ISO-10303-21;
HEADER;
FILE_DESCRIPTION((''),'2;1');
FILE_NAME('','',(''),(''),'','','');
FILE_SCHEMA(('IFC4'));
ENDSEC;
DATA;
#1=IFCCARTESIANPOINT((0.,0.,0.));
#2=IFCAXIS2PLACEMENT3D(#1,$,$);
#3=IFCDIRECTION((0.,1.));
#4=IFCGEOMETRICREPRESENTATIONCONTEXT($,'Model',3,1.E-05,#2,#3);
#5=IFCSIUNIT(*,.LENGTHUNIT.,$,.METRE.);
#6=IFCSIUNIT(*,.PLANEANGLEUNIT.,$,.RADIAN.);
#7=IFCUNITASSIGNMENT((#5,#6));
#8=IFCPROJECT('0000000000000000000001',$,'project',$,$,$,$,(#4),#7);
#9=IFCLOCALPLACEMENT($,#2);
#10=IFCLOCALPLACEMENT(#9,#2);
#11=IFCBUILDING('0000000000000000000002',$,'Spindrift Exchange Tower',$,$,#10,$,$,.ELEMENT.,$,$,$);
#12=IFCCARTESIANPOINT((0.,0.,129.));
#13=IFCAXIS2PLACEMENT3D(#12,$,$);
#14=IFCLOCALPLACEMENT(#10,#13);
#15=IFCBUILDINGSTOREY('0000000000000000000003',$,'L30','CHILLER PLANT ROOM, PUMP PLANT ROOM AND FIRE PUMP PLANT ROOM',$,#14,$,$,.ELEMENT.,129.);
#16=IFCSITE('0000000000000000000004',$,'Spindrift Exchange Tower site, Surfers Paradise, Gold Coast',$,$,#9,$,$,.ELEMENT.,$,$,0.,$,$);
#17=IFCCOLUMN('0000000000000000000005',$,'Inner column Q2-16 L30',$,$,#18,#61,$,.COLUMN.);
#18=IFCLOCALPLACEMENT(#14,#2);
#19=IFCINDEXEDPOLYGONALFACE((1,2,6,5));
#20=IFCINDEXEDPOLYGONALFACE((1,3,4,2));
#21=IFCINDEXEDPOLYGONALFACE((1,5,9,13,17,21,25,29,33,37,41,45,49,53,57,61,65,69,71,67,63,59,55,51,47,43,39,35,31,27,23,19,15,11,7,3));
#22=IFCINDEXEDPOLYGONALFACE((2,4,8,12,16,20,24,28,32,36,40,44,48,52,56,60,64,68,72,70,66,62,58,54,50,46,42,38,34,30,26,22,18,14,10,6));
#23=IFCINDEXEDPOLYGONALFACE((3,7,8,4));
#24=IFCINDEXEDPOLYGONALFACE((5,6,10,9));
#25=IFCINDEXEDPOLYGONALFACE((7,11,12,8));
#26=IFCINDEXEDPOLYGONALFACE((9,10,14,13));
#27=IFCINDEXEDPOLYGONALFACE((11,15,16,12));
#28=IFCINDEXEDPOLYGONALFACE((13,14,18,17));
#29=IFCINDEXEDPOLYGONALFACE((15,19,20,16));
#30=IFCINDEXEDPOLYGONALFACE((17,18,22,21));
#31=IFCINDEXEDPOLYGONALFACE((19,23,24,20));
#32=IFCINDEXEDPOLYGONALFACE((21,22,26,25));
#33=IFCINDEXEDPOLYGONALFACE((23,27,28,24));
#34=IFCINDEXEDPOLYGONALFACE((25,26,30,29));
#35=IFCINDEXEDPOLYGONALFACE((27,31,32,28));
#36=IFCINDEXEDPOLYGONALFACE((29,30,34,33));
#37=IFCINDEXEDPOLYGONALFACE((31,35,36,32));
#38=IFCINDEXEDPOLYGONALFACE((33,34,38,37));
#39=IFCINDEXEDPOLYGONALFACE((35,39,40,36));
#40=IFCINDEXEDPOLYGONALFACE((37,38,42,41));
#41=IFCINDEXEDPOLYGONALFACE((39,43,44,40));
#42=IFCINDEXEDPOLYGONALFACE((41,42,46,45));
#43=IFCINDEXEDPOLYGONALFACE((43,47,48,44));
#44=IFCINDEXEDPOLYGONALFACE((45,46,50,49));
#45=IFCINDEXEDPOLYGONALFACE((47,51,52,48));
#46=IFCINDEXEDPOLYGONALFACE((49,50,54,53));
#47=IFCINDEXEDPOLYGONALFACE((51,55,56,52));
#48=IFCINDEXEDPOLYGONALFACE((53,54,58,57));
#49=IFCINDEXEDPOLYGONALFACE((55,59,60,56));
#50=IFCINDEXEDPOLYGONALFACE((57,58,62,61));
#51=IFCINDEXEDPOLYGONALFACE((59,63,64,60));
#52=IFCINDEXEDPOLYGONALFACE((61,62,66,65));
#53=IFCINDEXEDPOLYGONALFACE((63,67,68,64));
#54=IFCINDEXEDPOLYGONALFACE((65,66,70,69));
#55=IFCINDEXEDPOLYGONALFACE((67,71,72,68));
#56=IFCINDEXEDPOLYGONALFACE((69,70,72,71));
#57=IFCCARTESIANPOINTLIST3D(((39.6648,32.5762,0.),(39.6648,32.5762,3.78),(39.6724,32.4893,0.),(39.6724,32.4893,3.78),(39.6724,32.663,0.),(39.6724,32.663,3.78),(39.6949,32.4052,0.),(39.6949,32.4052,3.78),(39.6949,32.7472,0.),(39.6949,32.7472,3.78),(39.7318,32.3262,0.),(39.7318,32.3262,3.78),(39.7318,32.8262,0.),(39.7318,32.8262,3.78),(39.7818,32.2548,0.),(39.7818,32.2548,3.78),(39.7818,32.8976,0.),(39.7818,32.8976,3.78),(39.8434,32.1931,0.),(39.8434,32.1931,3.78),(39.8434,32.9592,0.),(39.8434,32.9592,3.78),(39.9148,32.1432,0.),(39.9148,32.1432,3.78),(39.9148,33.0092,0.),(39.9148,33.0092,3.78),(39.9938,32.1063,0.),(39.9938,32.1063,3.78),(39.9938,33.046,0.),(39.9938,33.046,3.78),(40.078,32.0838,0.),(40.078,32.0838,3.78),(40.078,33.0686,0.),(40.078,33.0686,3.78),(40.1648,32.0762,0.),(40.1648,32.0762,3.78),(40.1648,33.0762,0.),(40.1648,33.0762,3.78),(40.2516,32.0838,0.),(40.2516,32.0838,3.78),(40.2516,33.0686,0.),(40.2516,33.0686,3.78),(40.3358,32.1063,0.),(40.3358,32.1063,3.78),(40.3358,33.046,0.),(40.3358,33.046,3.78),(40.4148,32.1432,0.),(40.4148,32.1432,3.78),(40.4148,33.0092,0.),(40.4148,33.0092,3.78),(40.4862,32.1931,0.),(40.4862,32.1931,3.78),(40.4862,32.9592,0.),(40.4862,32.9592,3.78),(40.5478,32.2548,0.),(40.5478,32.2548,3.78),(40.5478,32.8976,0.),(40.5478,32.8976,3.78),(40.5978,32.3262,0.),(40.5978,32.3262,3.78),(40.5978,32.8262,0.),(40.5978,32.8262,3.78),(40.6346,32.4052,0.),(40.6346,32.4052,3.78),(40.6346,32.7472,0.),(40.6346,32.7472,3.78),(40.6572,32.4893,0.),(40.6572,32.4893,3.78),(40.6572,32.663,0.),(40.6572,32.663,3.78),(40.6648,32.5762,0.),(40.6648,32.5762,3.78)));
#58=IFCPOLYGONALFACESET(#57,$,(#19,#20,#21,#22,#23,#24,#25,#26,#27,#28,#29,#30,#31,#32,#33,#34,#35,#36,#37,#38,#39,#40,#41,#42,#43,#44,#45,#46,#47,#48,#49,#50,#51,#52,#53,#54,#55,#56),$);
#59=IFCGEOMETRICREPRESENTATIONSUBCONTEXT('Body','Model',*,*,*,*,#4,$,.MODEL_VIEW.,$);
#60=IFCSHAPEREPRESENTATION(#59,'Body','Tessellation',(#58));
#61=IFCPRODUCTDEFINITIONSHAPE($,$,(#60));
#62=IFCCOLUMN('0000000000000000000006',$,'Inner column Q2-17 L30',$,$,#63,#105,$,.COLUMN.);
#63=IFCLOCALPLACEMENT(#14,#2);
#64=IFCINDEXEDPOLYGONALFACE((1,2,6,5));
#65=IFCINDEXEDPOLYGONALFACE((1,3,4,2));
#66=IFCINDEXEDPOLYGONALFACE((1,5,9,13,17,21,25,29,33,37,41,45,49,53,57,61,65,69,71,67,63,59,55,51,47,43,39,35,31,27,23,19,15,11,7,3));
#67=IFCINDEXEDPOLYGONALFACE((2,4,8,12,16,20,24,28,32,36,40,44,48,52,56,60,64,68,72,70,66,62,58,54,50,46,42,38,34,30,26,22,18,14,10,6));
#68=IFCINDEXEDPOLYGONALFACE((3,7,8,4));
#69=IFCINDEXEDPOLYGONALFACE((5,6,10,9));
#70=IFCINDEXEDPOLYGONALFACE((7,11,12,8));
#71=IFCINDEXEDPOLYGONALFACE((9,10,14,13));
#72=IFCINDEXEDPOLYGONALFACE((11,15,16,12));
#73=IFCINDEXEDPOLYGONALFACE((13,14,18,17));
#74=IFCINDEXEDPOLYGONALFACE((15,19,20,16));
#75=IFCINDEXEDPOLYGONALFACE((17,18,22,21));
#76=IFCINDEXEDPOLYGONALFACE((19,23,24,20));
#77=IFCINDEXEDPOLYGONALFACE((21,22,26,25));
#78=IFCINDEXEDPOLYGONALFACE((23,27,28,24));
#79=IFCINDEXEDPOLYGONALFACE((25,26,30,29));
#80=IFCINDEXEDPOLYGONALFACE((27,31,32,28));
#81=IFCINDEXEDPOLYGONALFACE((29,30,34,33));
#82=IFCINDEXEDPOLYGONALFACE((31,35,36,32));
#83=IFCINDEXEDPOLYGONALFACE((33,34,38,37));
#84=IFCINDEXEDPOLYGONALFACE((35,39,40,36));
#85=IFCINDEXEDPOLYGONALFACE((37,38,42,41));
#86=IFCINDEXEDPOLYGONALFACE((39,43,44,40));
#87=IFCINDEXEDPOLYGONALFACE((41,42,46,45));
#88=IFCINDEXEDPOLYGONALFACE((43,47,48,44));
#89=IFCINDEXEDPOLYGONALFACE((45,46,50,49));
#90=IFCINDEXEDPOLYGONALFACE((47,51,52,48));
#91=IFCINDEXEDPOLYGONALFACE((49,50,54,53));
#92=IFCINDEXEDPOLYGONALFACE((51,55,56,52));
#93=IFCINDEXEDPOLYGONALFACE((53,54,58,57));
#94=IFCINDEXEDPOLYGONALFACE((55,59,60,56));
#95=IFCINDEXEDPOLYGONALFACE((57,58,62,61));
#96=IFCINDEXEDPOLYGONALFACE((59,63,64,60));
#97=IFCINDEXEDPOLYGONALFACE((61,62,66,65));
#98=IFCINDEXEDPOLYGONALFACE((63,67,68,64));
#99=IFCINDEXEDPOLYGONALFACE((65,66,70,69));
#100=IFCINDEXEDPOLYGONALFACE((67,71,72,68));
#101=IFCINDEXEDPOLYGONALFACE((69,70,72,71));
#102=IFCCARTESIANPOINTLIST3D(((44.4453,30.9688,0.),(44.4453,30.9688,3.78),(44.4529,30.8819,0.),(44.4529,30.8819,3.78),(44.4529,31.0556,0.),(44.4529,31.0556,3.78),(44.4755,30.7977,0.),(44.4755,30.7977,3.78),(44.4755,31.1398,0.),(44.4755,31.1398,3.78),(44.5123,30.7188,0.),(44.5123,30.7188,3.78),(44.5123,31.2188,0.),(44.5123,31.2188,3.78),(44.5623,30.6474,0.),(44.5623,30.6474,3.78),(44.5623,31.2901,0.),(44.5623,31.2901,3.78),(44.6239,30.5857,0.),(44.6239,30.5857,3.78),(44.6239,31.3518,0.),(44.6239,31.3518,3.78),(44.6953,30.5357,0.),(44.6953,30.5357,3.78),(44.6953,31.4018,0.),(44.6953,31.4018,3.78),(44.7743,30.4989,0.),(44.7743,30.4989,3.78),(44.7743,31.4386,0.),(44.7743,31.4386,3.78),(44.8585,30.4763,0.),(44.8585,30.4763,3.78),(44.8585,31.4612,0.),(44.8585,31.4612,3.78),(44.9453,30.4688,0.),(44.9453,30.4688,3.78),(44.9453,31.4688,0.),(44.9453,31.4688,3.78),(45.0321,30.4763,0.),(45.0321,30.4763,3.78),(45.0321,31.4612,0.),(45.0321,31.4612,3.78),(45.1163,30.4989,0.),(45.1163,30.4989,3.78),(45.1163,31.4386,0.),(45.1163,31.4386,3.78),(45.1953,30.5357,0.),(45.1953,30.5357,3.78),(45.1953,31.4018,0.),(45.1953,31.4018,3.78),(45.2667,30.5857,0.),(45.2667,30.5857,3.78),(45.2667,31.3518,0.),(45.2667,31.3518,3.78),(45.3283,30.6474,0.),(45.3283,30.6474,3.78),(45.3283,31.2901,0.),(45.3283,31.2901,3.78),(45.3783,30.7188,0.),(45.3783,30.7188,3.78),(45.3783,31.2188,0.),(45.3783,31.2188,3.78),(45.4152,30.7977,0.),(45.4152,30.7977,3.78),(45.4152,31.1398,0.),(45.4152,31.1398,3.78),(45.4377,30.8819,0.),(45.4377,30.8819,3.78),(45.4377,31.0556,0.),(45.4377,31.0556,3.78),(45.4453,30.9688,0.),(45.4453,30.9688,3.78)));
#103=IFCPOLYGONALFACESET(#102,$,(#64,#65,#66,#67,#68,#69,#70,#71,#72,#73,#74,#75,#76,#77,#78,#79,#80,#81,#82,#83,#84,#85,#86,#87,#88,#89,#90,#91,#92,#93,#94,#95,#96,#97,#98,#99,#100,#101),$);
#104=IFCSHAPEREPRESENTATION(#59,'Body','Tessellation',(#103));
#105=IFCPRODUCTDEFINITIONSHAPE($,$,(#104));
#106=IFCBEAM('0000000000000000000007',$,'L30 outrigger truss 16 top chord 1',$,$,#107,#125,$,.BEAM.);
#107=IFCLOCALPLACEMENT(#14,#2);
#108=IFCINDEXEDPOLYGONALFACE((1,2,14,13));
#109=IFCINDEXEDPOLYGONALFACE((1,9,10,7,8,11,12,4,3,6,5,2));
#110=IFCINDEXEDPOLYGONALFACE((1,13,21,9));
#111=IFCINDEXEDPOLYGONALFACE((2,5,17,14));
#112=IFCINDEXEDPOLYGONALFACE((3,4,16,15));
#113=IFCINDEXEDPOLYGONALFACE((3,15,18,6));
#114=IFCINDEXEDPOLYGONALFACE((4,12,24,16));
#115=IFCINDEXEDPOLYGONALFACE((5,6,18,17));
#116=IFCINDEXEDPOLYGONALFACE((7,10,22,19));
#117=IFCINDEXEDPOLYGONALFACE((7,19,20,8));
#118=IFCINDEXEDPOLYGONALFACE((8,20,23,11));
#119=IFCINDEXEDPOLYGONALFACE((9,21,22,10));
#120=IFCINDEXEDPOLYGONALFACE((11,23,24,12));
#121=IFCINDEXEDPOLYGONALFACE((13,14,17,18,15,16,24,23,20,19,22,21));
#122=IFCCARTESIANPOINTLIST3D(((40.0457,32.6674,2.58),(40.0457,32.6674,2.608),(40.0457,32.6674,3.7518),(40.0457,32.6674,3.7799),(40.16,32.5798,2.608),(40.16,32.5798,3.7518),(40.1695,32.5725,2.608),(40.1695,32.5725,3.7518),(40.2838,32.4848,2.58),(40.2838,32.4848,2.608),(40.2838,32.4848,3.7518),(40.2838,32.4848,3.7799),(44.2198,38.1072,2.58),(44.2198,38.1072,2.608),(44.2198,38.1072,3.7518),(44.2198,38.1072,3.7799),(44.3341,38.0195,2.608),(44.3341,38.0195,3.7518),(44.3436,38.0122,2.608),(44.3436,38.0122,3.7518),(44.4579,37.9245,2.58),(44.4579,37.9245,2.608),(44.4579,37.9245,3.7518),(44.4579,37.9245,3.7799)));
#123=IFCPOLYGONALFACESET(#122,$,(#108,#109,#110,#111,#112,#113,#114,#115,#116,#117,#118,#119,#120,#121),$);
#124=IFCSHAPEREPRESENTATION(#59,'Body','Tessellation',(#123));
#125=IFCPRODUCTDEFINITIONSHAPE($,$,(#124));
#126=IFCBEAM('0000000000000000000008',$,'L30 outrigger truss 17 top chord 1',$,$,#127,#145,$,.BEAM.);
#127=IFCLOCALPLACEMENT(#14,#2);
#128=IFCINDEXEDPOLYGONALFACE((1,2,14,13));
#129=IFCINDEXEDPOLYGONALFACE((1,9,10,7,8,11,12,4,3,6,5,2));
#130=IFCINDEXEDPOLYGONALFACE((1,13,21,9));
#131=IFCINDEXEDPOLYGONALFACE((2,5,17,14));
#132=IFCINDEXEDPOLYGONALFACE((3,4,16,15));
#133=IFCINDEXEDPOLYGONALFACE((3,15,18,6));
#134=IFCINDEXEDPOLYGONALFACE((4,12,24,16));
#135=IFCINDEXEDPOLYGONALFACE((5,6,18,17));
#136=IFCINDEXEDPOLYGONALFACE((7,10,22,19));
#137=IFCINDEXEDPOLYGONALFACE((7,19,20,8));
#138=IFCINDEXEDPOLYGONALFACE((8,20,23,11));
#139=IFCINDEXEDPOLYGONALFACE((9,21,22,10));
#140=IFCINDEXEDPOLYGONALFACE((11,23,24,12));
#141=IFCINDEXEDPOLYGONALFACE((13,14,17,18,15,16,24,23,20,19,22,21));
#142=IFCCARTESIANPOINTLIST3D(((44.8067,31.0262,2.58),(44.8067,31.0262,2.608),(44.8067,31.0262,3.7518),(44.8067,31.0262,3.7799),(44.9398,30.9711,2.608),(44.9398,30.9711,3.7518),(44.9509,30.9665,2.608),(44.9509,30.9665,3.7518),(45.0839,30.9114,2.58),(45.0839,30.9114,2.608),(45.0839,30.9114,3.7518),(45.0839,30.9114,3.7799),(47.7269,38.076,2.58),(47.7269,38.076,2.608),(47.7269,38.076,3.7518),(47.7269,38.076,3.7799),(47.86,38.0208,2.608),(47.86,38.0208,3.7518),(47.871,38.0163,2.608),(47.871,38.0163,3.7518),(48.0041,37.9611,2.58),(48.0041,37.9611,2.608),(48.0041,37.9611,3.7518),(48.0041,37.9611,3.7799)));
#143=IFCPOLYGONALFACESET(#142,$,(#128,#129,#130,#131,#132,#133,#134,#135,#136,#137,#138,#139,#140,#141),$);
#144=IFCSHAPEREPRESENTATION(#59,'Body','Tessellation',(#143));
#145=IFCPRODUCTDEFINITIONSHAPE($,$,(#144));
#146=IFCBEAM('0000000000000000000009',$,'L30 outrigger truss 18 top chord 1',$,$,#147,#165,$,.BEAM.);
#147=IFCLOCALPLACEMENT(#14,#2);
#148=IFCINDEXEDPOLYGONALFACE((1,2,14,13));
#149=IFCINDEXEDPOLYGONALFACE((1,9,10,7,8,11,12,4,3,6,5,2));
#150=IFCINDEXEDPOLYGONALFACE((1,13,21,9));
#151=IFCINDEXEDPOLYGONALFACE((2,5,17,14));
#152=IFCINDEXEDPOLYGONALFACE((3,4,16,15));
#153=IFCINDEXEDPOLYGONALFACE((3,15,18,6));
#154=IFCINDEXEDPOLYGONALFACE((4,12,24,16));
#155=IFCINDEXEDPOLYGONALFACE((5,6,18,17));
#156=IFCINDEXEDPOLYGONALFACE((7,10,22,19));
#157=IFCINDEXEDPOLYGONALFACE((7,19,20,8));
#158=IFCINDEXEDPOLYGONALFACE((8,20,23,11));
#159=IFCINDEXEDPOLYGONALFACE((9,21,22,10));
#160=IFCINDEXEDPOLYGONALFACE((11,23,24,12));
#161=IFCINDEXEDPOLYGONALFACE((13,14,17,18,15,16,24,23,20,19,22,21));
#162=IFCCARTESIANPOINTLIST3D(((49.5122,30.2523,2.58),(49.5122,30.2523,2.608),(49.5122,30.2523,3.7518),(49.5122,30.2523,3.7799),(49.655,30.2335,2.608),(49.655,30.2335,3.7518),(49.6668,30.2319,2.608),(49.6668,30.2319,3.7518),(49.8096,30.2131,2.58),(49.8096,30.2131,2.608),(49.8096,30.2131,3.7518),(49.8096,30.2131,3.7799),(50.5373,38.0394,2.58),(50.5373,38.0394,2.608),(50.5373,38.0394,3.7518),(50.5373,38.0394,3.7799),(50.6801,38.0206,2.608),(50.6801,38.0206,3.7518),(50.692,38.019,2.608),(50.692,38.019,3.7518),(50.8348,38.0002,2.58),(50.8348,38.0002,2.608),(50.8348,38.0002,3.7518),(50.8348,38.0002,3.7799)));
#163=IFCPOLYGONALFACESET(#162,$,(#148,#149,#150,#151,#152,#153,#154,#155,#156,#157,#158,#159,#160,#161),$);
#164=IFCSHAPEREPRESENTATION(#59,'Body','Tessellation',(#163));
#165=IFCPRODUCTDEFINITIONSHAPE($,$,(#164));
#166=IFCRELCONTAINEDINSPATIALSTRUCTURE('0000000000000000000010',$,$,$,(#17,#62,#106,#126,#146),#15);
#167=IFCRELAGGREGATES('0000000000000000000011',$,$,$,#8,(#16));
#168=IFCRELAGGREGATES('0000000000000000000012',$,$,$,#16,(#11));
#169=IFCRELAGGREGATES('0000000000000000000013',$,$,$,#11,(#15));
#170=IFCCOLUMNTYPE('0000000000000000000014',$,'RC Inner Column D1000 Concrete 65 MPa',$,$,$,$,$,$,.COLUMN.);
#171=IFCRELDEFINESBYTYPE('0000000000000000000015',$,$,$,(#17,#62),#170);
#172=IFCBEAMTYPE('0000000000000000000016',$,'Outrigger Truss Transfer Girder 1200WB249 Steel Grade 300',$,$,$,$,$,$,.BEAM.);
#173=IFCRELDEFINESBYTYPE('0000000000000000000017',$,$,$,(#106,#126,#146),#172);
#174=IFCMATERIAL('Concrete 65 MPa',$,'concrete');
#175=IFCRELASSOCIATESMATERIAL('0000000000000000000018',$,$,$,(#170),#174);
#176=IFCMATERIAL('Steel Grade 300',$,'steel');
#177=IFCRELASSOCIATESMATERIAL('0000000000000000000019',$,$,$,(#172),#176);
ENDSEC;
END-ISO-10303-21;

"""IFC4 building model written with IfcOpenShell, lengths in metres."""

from ifc_helpers import new_model, si_unit, direction, frame, origin, origin_2d, place, context, subcontext, project, spatial, circle, i_section, extrude, source, transform, mapped, material, material_profile, profile_set, type_object, element, save


model = new_model("IFC4")

# Units and contexts
model_context = context("Model", 3, precision=1e-05, world=origin(), true_north=direction((0.0, 1.0)))
body_context = subcontext(model_context, "Body", "Model", "MODEL_VIEW")
ifc_project = project(units=[si_unit("LENGTHUNIT", "METRE"), si_unit("PLANEANGLEUNIT", "RADIAN")], contexts=[model_context])

# Site, building, storey
site_placement = place(None, origin())
site = spatial("IfcSite", under=ifc_project, at=site_placement, Name="Spindrift Exchange Tower site, Surfers Paradise, Gold Coast", CompositionType="ELEMENT", RefElevation=0.0)
building_placement = place(site_placement, origin())
building = spatial("IfcBuilding", under=site, at=building_placement, Name="Spindrift Exchange Tower", CompositionType="ELEMENT")
storey_placement = place(building_placement, frame((0.0, 0.0, 129.0)))
storey = spatial("IfcBuildingStorey", under=building, at=storey_placement, Name="L30", Description="CHILLER PLANT ROOM, PUMP PLANT ROOM AND FIRE PUMP PLANT ROOM", CompositionType="ELEMENT", Elevation=129.0)

# Columns
ifc_material_1 = material(Name="Concrete 65 MPa", Category="concrete")
ifc_material_profile_1 = material_profile(ifc_material_1, circle(Radius=0.5, at=origin_2d()), Name="RC D1000")
ifc_profile_set_1 = profile_set([ifc_material_profile_1], Name="Concrete 65 MPa")
column_type = type_object("IfcColumnType", Name="RC Inner Column D1000 Concrete 65 MPa", PredefinedType="COLUMN", material=ifc_profile_set_1)
shared_shape_1 = source(origin(), body_context, "Body", "SweptSolid", [
    extrude(circle(Radius=0.5, at=origin_2d()), origin(), (0.0, 0.0, 1.0), 3.78),
])
for number, where, z_axis, x_axis, name in (
    (1, (40.1648, 32.5762, 0.0), (0.0, 0.0, 1.0), (1.0, 0.0, 0.0), "Inner column Q2-16 L30"),
    (2, (44.9453, 30.9688, 0.0), (0.0, 0.0, 1.0), (1.0, 0.0, 0.0), "Inner column Q2-17 L30"),
):
    element("IfcColumn", number, at=place(storey_placement, frame(where, z_axis=z_axis, x_axis=x_axis)), inside=storey, type_object=column_type, Name=name, PredefinedType="COLUMN", context=body_context, shape_type="MappedRepresentation", body=[
        mapped(shared_shape_1, transform((0.0, 0.0, 0.0), scale=1.0)),
    ])

# Beams
ifc_material_2 = material(Name="Steel Grade 300", Category="steel")
ifc_material_profile_2 = material_profile(ifc_material_2, i_section(OverallWidth=0.3, OverallDepth=1.2, WebThickness=0.012, FlangeThickness=0.0281, at=origin_2d()), Name="1200WB249")
ifc_profile_set_2 = profile_set([ifc_material_profile_2], Name="Steel Grade 300")
beam_type = type_object("IfcBeamType", Name="Outrigger Truss Transfer Girder 1200WB249 Steel Grade 300", PredefinedType="BEAM", material=ifc_profile_set_2)
shared_shape_2 = source(origin(), body_context, "Body", "SweptSolid", [
    extrude(i_section(OverallWidth=0.3, OverallDepth=1.2, WebThickness=0.012, FlangeThickness=0.0281, at=origin_2d()), origin(), (0.0, 0.0, 1.0), 6.8567),
])
beam_1_placement = place(storey_placement, frame((44.3389, 38.0159, 3.1799), z_axis=(-0.608766, -0.79335, 0.0), x_axis=(0.79335, -0.608766, 0.0)))
element("IfcBeam", 3, at=beam_1_placement, inside=storey, type_object=beam_type, Name="L30 outrigger truss 16 top chord 1", PredefinedType="BEAM", context=body_context, shape_type="MappedRepresentation", body=[
    mapped(shared_shape_2, transform((0.0, 0.0, 0.0), scale=1.0)),
])
shared_shape_3 = source(origin(), body_context, "Body", "SweptSolid", [
    extrude(i_section(OverallWidth=0.3, OverallDepth=1.2, WebThickness=0.012, FlangeThickness=0.0281, at=origin_2d()), origin(), (0.0, 0.0, 1.0), 7.6306),
])
beam_2_placement = place(storey_placement, frame((47.8655, 38.0186, 3.1799), z_axis=(-0.382688, -0.923878, 0.0), x_axis=(0.923878, -0.382688, 0.0)))
element("IfcBeam", 4, at=beam_2_placement, inside=storey, type_object=beam_type, Name="L30 outrigger truss 17 top chord 1", PredefinedType="BEAM", context=body_context, shape_type="MappedRepresentation", body=[
    mapped(shared_shape_3, transform((0.0, 0.0, 0.0), scale=1.0)),
])
shared_shape_4 = source(origin(), body_context, "Body", "SweptSolid", [
    extrude(i_section(OverallWidth=0.3, OverallDepth=1.2, WebThickness=0.012, FlangeThickness=0.0281, at=origin_2d()), origin(), (0.0, 0.0, 1.0), 7.8542),
])
beam_3_placement = place(storey_placement, frame((50.686, 38.0198, 3.1799), z_axis=(-0.13052, -0.991446, 0.0), x_axis=(0.991446, -0.13052, 0.0)))
element("IfcBeam", 5, at=beam_3_placement, inside=storey, type_object=beam_type, Name="L30 outrigger truss 18 top chord 1", PredefinedType="BEAM", context=body_context, shape_type="MappedRepresentation", body=[
    mapped(shared_shape_4, transform((0.0, 0.0, 0.0), scale=1.0)),
])

save(model, "model.ifc")
